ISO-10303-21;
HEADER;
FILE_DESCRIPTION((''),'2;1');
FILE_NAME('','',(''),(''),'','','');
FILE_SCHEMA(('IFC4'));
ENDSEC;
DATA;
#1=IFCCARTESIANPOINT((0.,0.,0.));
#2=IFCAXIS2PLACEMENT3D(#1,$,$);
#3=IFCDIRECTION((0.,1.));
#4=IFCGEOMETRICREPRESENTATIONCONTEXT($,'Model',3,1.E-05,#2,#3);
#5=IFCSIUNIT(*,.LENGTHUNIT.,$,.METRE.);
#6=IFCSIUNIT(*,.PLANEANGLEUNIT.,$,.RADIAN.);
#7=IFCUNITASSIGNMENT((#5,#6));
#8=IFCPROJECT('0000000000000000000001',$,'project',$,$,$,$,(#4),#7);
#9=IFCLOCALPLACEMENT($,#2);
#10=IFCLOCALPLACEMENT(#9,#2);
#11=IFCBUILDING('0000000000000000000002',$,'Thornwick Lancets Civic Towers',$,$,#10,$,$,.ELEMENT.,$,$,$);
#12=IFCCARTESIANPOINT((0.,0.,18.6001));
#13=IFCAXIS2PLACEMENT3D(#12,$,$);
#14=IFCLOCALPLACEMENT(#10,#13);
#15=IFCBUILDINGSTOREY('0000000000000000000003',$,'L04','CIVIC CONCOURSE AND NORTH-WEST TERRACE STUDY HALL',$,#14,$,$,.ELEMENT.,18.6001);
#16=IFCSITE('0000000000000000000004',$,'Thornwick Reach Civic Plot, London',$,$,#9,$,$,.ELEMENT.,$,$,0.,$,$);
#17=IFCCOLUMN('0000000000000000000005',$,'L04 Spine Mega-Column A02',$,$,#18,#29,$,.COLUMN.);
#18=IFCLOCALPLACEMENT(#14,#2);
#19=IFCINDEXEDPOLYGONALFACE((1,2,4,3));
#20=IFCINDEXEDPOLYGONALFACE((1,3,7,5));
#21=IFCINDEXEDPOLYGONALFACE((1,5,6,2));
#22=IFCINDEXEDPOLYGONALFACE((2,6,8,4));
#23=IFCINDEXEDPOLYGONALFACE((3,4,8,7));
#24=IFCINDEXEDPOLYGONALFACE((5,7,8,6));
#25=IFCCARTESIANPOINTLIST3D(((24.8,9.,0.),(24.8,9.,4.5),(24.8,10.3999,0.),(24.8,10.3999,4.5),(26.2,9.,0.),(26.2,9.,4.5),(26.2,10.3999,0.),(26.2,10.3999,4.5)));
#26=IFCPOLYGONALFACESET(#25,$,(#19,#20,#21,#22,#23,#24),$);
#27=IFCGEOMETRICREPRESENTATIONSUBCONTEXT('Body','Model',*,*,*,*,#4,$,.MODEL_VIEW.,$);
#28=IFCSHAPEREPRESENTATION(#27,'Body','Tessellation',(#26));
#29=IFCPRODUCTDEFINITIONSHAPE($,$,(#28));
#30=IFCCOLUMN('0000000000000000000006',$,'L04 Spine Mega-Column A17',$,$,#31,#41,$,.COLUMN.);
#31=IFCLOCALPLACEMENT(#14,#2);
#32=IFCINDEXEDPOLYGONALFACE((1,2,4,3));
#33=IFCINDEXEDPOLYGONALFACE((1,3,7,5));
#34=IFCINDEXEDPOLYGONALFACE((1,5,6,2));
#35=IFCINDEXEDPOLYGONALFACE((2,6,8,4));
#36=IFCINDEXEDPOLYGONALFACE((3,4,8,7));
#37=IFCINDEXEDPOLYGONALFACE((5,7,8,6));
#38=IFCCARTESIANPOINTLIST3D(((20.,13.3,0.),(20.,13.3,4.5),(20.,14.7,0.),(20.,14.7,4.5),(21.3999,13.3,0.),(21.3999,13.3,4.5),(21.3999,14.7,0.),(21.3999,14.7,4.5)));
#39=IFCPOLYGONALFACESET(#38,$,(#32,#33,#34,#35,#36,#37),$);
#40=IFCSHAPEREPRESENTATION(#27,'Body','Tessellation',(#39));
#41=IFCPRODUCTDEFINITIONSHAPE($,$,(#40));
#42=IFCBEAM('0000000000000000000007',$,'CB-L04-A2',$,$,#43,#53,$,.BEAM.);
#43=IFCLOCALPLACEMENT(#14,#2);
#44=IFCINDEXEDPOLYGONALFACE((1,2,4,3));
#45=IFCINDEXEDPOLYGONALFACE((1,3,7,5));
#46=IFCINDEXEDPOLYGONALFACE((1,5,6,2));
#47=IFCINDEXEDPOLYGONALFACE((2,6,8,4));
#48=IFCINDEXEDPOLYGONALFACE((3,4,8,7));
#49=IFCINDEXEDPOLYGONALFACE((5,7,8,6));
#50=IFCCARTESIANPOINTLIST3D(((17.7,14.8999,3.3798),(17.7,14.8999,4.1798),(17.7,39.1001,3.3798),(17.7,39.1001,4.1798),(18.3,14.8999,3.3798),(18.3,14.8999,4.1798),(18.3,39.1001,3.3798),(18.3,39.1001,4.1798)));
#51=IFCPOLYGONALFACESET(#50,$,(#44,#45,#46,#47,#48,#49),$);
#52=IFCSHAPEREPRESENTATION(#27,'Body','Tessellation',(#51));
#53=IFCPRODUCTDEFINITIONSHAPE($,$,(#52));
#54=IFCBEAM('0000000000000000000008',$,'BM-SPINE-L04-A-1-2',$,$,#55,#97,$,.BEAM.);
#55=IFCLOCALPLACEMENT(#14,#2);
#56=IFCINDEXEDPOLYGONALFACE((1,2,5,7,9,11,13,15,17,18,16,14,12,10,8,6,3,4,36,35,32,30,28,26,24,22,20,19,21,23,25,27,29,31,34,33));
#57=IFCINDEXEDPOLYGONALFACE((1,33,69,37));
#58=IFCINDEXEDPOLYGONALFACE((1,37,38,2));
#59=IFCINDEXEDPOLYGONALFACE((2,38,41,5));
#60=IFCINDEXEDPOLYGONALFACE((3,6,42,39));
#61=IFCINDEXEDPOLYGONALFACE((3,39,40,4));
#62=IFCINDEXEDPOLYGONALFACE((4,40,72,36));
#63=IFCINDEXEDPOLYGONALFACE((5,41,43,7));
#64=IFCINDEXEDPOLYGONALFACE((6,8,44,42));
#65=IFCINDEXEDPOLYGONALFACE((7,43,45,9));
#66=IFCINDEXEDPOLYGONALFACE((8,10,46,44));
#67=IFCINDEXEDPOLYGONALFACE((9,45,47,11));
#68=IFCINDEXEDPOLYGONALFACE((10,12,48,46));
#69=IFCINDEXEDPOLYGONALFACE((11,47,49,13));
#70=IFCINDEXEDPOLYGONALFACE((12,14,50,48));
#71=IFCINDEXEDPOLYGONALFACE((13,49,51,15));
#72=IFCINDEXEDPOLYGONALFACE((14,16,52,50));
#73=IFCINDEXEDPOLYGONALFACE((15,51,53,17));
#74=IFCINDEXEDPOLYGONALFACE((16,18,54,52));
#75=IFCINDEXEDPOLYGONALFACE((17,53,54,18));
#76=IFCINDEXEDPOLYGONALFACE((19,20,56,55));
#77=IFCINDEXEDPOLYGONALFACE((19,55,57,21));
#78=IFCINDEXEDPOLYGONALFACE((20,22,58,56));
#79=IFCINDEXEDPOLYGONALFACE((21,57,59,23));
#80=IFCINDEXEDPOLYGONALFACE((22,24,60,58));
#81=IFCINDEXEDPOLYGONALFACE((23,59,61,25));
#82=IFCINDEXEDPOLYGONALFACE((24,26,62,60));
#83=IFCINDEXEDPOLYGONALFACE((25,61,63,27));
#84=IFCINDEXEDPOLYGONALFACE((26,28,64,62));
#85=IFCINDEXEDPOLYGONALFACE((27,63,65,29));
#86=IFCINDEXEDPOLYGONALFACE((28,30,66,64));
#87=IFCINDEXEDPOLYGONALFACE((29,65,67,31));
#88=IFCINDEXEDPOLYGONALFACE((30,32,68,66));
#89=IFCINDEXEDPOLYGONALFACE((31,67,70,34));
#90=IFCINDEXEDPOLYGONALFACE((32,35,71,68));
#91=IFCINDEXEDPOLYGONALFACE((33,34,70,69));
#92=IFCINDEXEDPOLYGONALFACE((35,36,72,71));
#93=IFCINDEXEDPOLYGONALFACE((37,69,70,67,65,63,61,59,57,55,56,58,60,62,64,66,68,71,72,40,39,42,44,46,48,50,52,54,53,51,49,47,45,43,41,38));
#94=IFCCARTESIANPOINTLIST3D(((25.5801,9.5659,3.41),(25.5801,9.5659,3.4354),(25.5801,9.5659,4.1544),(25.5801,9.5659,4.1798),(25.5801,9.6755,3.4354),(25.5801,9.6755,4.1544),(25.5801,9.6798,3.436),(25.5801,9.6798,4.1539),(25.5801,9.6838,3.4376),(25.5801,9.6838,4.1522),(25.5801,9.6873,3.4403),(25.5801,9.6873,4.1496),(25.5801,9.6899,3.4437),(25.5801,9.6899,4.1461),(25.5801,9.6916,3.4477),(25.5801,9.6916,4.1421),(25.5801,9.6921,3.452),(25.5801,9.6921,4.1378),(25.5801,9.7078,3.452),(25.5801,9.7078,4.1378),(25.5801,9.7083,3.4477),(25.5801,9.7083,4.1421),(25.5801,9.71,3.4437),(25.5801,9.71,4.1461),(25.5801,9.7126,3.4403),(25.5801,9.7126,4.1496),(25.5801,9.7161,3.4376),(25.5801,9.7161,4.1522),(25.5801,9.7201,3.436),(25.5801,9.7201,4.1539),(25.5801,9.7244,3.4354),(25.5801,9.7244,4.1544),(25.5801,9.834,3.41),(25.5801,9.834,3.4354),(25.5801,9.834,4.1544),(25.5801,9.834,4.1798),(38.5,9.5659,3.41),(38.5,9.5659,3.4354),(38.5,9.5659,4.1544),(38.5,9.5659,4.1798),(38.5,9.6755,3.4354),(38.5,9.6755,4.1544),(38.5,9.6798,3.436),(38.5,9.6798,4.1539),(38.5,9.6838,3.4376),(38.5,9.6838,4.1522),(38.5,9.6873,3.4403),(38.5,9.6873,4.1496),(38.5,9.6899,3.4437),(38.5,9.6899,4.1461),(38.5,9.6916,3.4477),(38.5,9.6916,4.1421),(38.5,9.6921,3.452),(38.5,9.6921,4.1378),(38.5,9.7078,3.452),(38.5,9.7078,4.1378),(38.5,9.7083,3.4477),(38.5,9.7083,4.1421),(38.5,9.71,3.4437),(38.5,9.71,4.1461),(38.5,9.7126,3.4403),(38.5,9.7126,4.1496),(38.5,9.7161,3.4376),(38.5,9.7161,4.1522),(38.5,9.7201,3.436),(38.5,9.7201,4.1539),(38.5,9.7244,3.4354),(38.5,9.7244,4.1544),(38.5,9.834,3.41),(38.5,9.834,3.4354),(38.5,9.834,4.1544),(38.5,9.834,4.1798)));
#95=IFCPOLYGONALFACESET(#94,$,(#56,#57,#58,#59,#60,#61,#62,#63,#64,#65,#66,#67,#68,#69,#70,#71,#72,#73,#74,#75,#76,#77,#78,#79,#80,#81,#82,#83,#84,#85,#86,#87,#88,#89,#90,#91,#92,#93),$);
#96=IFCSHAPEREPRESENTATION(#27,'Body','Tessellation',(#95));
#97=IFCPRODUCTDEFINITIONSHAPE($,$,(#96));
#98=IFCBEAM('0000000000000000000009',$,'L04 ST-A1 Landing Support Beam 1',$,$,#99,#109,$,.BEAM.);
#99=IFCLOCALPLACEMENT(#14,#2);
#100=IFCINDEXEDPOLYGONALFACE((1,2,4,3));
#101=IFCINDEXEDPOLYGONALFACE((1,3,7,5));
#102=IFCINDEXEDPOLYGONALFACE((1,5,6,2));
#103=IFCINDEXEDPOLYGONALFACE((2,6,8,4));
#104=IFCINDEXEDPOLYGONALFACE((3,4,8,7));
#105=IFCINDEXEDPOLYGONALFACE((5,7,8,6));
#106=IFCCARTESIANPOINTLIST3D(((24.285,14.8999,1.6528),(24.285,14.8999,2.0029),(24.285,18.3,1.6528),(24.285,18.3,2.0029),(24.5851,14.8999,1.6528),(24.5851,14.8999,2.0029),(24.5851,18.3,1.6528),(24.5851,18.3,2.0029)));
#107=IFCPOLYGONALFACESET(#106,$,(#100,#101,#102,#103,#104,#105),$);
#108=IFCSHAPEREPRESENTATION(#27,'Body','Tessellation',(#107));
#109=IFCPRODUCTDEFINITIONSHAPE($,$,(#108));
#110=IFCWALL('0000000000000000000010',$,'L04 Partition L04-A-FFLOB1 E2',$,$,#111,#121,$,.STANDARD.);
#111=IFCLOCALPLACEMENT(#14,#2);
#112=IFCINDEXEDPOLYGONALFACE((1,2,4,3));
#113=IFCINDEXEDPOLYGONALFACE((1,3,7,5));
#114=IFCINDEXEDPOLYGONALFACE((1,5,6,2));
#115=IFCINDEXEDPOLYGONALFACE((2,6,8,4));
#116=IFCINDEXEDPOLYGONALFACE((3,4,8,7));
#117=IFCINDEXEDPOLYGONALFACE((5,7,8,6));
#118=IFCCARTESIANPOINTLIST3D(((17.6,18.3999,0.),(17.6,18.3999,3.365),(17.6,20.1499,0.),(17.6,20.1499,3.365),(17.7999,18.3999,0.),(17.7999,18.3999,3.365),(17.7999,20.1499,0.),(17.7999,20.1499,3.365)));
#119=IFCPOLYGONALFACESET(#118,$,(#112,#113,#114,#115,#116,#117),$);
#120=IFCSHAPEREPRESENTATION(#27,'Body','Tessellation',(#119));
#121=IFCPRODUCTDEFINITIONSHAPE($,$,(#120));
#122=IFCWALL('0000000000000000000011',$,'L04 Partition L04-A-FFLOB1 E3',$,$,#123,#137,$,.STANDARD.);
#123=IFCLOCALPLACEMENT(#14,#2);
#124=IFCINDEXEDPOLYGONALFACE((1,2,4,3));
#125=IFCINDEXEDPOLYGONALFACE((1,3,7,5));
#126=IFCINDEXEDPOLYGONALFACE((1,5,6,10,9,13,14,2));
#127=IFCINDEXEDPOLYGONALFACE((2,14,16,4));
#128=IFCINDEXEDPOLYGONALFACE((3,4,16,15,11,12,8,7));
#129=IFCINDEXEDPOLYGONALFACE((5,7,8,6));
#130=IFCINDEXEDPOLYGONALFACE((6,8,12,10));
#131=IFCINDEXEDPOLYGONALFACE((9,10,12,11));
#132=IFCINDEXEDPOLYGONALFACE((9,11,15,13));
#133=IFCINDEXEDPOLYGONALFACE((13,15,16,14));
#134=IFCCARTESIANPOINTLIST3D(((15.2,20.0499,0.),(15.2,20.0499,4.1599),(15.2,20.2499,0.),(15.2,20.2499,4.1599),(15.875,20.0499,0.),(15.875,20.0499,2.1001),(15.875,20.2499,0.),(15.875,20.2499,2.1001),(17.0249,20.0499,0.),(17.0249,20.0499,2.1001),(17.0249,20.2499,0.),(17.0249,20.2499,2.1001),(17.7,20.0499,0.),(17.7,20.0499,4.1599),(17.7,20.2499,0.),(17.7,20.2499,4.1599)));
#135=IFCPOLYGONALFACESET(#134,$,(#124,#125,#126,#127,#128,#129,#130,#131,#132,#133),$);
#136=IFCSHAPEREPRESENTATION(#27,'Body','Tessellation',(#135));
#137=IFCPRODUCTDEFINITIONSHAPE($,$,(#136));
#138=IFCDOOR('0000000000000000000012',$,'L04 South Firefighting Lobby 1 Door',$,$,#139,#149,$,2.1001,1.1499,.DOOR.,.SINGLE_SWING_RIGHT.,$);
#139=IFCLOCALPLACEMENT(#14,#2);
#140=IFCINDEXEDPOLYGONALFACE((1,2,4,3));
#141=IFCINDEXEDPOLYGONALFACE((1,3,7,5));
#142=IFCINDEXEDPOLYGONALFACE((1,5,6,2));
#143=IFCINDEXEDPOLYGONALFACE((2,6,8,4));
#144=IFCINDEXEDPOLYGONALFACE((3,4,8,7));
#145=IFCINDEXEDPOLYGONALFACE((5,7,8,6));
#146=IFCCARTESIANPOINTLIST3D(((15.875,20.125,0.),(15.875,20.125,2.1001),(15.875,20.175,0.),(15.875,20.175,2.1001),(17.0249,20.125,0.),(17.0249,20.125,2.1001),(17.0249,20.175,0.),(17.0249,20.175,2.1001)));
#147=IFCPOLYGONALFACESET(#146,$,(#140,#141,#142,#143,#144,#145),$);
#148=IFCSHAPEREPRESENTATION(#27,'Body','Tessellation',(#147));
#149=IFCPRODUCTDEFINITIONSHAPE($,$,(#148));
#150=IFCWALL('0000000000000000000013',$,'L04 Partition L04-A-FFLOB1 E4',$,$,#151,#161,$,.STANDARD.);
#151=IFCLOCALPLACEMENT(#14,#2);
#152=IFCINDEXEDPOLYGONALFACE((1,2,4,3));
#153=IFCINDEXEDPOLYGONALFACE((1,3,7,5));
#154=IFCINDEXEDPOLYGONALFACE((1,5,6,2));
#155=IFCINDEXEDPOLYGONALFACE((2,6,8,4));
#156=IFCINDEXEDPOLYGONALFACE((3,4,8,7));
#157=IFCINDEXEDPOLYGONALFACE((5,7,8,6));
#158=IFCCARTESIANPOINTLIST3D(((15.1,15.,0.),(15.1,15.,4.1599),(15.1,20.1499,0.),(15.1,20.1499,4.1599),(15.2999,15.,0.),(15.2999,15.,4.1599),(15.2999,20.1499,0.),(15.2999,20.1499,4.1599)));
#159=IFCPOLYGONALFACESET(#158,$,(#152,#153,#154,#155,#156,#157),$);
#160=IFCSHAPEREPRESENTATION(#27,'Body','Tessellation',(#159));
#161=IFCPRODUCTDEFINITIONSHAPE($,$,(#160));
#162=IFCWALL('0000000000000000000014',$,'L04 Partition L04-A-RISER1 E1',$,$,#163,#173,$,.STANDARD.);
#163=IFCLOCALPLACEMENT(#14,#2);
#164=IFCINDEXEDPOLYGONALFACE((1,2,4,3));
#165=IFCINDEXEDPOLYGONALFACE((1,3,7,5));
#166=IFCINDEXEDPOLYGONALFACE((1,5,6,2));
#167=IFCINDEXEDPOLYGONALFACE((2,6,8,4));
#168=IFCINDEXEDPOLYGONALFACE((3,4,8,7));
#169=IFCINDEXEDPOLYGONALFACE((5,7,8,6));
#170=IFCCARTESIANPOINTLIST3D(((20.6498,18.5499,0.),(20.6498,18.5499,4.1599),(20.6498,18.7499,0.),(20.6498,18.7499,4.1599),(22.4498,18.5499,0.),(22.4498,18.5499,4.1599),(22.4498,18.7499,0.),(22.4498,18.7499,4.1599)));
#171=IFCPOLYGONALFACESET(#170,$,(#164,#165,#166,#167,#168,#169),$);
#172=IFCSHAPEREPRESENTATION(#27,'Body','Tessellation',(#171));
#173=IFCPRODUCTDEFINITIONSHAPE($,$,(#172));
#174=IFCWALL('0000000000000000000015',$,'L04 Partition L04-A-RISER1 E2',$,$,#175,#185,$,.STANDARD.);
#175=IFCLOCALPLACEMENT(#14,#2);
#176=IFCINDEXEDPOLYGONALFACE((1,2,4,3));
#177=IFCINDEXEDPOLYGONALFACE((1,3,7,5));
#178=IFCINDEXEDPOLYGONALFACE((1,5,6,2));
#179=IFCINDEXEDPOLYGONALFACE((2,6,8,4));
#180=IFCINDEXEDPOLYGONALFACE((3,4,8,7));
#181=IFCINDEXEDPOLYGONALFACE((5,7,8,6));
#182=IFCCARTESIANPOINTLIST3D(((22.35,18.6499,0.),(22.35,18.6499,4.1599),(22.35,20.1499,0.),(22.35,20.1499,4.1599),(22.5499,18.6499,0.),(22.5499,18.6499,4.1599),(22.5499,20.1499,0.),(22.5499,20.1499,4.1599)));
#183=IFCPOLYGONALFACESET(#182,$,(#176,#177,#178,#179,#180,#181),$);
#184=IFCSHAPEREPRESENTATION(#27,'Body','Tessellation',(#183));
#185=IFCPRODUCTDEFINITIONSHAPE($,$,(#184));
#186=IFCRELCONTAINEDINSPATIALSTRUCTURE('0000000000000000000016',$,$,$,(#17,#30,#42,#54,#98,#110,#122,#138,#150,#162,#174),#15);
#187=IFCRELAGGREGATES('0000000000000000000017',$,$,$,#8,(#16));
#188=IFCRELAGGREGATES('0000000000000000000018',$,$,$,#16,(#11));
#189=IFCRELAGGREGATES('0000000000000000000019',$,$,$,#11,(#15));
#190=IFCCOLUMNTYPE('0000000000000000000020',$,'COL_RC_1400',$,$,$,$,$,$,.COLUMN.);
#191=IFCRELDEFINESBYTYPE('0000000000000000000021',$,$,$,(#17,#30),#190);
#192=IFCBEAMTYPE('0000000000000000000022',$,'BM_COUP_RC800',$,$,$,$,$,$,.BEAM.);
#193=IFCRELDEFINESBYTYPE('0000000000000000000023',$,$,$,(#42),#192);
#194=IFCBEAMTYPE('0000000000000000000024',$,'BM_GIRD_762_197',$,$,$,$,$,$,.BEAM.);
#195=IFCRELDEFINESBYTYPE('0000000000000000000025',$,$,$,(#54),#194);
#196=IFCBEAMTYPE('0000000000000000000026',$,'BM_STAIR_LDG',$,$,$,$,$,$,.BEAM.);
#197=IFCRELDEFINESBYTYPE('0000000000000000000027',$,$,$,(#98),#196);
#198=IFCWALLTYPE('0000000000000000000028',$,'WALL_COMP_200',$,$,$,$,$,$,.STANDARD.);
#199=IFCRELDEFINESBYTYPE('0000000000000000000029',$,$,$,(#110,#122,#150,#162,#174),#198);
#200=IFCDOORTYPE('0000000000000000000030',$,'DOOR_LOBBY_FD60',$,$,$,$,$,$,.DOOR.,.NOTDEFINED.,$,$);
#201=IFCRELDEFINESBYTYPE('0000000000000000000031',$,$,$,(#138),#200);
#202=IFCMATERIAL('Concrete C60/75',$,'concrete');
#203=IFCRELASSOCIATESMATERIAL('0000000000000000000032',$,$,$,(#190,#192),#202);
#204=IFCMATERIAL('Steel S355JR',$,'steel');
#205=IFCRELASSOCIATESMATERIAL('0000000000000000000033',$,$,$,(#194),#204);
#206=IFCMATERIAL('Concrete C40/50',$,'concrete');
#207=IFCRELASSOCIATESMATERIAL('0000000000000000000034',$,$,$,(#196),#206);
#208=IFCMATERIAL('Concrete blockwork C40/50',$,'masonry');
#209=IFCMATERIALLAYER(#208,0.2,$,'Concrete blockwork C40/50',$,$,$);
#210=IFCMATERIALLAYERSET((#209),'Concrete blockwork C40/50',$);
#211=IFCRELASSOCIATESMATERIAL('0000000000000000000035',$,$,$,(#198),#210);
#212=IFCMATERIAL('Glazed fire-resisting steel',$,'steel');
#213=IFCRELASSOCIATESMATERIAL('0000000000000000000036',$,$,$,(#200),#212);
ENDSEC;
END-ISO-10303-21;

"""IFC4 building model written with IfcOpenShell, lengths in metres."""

from ifc_helpers import new_model, si_unit, direction, frame, frame_2d, origin, origin_2d, place, context, subcontext, project, spatial, rectangle, i_section, extrude, material, layer, layer_set, material_profile, profile_set, type_object, element, fill, save


model = new_model("IFC4")

# Units and contexts
model_context = context("Model", 3, precision=1e-05, world=origin(), true_north=direction((0.0, 1.0)))
body_context = subcontext(model_context, "Body", "Model", "MODEL_VIEW")
ifc_project = project(units=[si_unit("LENGTHUNIT", "METRE"), si_unit("PLANEANGLEUNIT", "RADIAN")], contexts=[model_context])

# Site, building, storey
site_placement = place(None, origin())
site = spatial("IfcSite", under=ifc_project, at=site_placement, Name="Thornwick Reach Civic Plot, London", CompositionType="ELEMENT", RefElevation=0.0)
building_placement = place(site_placement, origin())
building = spatial("IfcBuilding", under=site, at=building_placement, Name="Thornwick Lancets Civic Towers", CompositionType="ELEMENT")
storey_placement = place(building_placement, frame((0.0, 0.0, 18.6001)))
storey = spatial("IfcBuildingStorey", under=building, at=storey_placement, Name="L04", Description="CIVIC CONCOURSE AND NORTH-WEST TERRACE STUDY HALL", CompositionType="ELEMENT", Elevation=18.6001)

# Columns
ifc_material_1 = material(Name="Concrete C60/75", Category="concrete")
ifc_material_profile_1 = material_profile(ifc_material_1, rectangle(XDim=1.3999, YDim=1.3999, at=origin_2d()), Name="RC 1400x1400")
ifc_profile_set_1 = profile_set([ifc_material_profile_1], Name="Concrete C60/75")
column_type = type_object("IfcColumnType", Name="COL_RC_1400", PredefinedType="COLUMN", material=ifc_profile_set_1)
for number, where, z_axis, x_axis, name in (
    (1, (25.5, 9.7, 0.0), (0.0, 0.0, 1.0), (1.0, 0.0, 0.0), "L04 Spine Mega-Column A02"),
    (2, (20.7, 14.0, 0.0), (0.0, 0.0, 1.0), (1.0, 0.0, 0.0), "L04 Spine Mega-Column A17"),
):
    element("IfcColumn", number, at=place(storey_placement, frame(where, z_axis=z_axis, x_axis=x_axis)), inside=storey, type_object=column_type, Name=name, PredefinedType="COLUMN", context=body_context, shape_type="SweptSolid", body=[
        extrude(rectangle(XDim=1.3999, YDim=1.3999, at=origin_2d()), origin(), (0.0, 0.0, 1.0), 4.5),
    ])

# Beams
ifc_material_profile_2 = material_profile(ifc_material_1, rectangle(XDim=0.6001, YDim=0.8, at=origin_2d()), Name="RC 600x800")
ifc_profile_set_2 = profile_set([ifc_material_profile_2], Name="Concrete C60/75")
beam_type_1 = type_object("IfcBeamType", Name="BM_COUP_RC800", PredefinedType="BEAM", material=ifc_profile_set_2)
beam_1_placement = place(storey_placement, frame((18.0, 14.8999, 3.7798), z_axis=(0.0, 1.0, 0.0), x_axis=(-1.0, 0.0, 0.0)))
element("IfcBeam", 3, at=beam_1_placement, inside=storey, type_object=beam_type_1, Name="CB-L04-A2", PredefinedType="BEAM", context=body_context, shape_type="SweptSolid", body=[
    extrude(rectangle(XDim=0.6001, YDim=0.8, at=origin_2d()), origin(), (0.0, 0.0, 1.0), 24.2002),
])
ifc_material_2 = material(Name="Steel S355JR", Category="steel")
ifc_material_profile_3 = material_profile(ifc_material_2, i_section(OverallWidth=0.2681, OverallDepth=0.7698, WebThickness=0.0156, FlangeThickness=0.0254, FilletRadius=0.0166, at=origin_2d()), Name="UKB 762x267x197")
ifc_profile_set_3 = profile_set([ifc_material_profile_3], Name="Steel S355JR")
beam_type_2 = type_object("IfcBeamType", Name="BM_GIRD_762_197", PredefinedType="BEAM", material=ifc_profile_set_3)
beam_2_placement = place(storey_placement, frame((25.5801, 9.7, 3.7949), z_axis=(1.0, 0.0, 0.0), x_axis=(0.0, 1.0, 0.0)))
element("IfcBeam", 4, at=beam_2_placement, inside=storey, type_object=beam_type_2, Name="BM-SPINE-L04-A-1-2", PredefinedType="BEAM", context=body_context, shape_type="SweptSolid", body=[
    extrude(i_section(OverallWidth=0.2681, OverallDepth=0.7698, WebThickness=0.0156, FlangeThickness=0.0254, FilletRadius=0.0166, at=origin_2d()), origin(), (0.0, 0.0, 1.0), 12.9199),
])
ifc_material_3 = material(Name="Concrete C40/50", Category="concrete")
ifc_material_profile_4 = material_profile(ifc_material_3, rectangle(XDim=0.3, YDim=0.3501, at=origin_2d()), Name="RC 300x350")
ifc_profile_set_4 = profile_set([ifc_material_profile_4], Name="Concrete C40/50")
beam_type_3 = type_object("IfcBeamType", Name="BM_STAIR_LDG", PredefinedType="BEAM", material=ifc_profile_set_4)
beam_3_placement = place(storey_placement, frame((24.4351, 14.8999, 1.8279), z_axis=(0.0, 1.0, 0.0), x_axis=(-1.0, 0.0, 0.0)))
element("IfcBeam", 5, at=beam_3_placement, inside=storey, type_object=beam_type_3, Name="L04 ST-A1 Landing Support Beam 1", PredefinedType="BEAM", context=body_context, shape_type="SweptSolid", body=[
    extrude(rectangle(XDim=0.3, YDim=0.3501, at=origin_2d()), origin(), (0.0, 0.0, 1.0), 3.4001),
])

# Wall
ifc_material_4 = material(Name="Concrete blockwork C40/50", Category="masonry")
ifc_layer_1 = layer(ifc_material_4, 0.2, Name="Concrete blockwork C40/50")
ifc_layer_set_1 = layer_set([ifc_layer_1], Name="Concrete blockwork C40/50")
wall_type_1 = type_object("IfcWallType", Name="WALL_COMP_200", PredefinedType="STANDARD", material=ifc_layer_set_1)
wall_1_placement = place(storey_placement, frame((17.7, 18.3999, 0.0), z_axis=(0.0, 0.0, 1.0), x_axis=(0.0, 1.0, 0.0)))
element("IfcWall", 6, at=wall_1_placement, inside=storey, type_object=wall_type_1, Name="L04 Partition L04-A-FFLOB1 E2", PredefinedType="STANDARD", context=body_context, shape_type="SweptSolid", body=[
    extrude(rectangle(XDim=1.75, YDim=0.2, at=frame_2d((0.875, 0.0))), origin(), (0.0, 0.0, 1.0), 3.365),
])

# Wall, opening, door
wall_2_placement = place(storey_placement, frame((17.7, 20.1499, 0.0), z_axis=(0.0, 0.0, 1.0), x_axis=(-1.0, 0.0, 0.0)))
wall_2 = element("IfcWall", 7, at=wall_2_placement, inside=storey, type_object=wall_type_1, Name="L04 Partition L04-A-FFLOB1 E3", PredefinedType="STANDARD", context=body_context, shape_type="SweptSolid", body=[
    extrude(rectangle(XDim=2.5, YDim=0.2, at=frame_2d((1.25, 0.0))), origin(), (0.0, 0.0, 1.0), 4.1599),
])
opening_1_placement = place(wall_2_placement, frame((0.675, 0.0, 0.0)))
opening_1 = element("IfcOpeningElement", 8, at=opening_1_placement, cuts=wall_2, PredefinedType="OPENING", context=body_context, shape_type="SweptSolid", body=[
    extrude(rectangle(XDim=1.1499, YDim=2.1001, at=frame_2d((0.575, 1.05))), frame((0.0, 0.1099, 0.0), z_axis=(0.0, -1.0, 0.0), x_axis=(1.0, 0.0, 0.0)), (0.0, 0.0, 1.0), 0.22),
])
ifc_material_5 = material(Name="Glazed fire-resisting steel", Category="steel")
door_type_1 = type_object("IfcDoorType", Name="DOOR_LOBBY_FD60", OperationType="NOTDEFINED", PredefinedType="DOOR", material=ifc_material_5)
door_1_placement = place(opening_1_placement, origin())
door_1 = element("IfcDoor", 9, at=door_1_placement, inside=storey, type_object=door_type_1, Name="L04 South Firefighting Lobby 1 Door", OperationType="SINGLE_SWING_RIGHT", OverallHeight=2.1001, OverallWidth=1.1499, PredefinedType="DOOR", context=body_context, shape_type="SweptSolid", body=[
    extrude(rectangle(XDim=1.1499, YDim=2.1001, at=frame_2d((0.575, 1.05))), frame((0.0, 0.0249, 0.0), z_axis=(0.0, -1.0, 0.0), x_axis=(1.0, 0.0, 0.0)), (0.0, 0.0, 1.0), 0.05),
])
fill(opening_1, door_1)

# Walls
wall_3_placement = place(storey_placement, frame((15.2, 20.1499, 0.0), z_axis=(0.0, 0.0, 1.0), x_axis=(0.0, -1.0, 0.0)))
element("IfcWall", 10, at=wall_3_placement, inside=storey, type_object=wall_type_1, Name="L04 Partition L04-A-FFLOB1 E4", PredefinedType="STANDARD", context=body_context, shape_type="SweptSolid", body=[
    extrude(rectangle(XDim=5.1499, YDim=0.2, at=frame_2d((2.575, 0.0))), origin(), (0.0, 0.0, 1.0), 4.1599),
])
wall_4_placement = place(storey_placement, frame((20.6499, 18.6499, 0.0), z_axis=(0.0, 0.0, 1.0), x_axis=(1.0, 0.0, 0.0)))
element("IfcWall", 11, at=wall_4_placement, inside=storey, type_object=wall_type_1, Name="L04 Partition L04-A-RISER1 E1", PredefinedType="STANDARD", context=body_context, shape_type="SweptSolid", body=[
    extrude(rectangle(XDim=1.8, YDim=0.2, at=frame_2d((0.8999, 0.0))), origin(), (0.0, 0.0, 1.0), 4.1599),
])
for number, where, z_axis, x_axis, name in (
    (12, (22.45, 18.6499, 0.0), (0.0, 0.0, 1.0), (0.0, 1.0, 0.0), "L04 Partition L04-A-RISER1 E2"),
):
    element("IfcWall", number, at=place(storey_placement, frame(where, z_axis=z_axis, x_axis=x_axis)), inside=storey, type_object=wall_type_1, Name=name, PredefinedType="STANDARD", context=body_context, shape_type="SweptSolid", body=[
        extrude(rectangle(XDim=1.5, YDim=0.2, at=frame_2d((0.75, 0.0))), origin(), (0.0, 0.0, 1.0), 4.1599),
    ])

save(model, "model.ifc")
